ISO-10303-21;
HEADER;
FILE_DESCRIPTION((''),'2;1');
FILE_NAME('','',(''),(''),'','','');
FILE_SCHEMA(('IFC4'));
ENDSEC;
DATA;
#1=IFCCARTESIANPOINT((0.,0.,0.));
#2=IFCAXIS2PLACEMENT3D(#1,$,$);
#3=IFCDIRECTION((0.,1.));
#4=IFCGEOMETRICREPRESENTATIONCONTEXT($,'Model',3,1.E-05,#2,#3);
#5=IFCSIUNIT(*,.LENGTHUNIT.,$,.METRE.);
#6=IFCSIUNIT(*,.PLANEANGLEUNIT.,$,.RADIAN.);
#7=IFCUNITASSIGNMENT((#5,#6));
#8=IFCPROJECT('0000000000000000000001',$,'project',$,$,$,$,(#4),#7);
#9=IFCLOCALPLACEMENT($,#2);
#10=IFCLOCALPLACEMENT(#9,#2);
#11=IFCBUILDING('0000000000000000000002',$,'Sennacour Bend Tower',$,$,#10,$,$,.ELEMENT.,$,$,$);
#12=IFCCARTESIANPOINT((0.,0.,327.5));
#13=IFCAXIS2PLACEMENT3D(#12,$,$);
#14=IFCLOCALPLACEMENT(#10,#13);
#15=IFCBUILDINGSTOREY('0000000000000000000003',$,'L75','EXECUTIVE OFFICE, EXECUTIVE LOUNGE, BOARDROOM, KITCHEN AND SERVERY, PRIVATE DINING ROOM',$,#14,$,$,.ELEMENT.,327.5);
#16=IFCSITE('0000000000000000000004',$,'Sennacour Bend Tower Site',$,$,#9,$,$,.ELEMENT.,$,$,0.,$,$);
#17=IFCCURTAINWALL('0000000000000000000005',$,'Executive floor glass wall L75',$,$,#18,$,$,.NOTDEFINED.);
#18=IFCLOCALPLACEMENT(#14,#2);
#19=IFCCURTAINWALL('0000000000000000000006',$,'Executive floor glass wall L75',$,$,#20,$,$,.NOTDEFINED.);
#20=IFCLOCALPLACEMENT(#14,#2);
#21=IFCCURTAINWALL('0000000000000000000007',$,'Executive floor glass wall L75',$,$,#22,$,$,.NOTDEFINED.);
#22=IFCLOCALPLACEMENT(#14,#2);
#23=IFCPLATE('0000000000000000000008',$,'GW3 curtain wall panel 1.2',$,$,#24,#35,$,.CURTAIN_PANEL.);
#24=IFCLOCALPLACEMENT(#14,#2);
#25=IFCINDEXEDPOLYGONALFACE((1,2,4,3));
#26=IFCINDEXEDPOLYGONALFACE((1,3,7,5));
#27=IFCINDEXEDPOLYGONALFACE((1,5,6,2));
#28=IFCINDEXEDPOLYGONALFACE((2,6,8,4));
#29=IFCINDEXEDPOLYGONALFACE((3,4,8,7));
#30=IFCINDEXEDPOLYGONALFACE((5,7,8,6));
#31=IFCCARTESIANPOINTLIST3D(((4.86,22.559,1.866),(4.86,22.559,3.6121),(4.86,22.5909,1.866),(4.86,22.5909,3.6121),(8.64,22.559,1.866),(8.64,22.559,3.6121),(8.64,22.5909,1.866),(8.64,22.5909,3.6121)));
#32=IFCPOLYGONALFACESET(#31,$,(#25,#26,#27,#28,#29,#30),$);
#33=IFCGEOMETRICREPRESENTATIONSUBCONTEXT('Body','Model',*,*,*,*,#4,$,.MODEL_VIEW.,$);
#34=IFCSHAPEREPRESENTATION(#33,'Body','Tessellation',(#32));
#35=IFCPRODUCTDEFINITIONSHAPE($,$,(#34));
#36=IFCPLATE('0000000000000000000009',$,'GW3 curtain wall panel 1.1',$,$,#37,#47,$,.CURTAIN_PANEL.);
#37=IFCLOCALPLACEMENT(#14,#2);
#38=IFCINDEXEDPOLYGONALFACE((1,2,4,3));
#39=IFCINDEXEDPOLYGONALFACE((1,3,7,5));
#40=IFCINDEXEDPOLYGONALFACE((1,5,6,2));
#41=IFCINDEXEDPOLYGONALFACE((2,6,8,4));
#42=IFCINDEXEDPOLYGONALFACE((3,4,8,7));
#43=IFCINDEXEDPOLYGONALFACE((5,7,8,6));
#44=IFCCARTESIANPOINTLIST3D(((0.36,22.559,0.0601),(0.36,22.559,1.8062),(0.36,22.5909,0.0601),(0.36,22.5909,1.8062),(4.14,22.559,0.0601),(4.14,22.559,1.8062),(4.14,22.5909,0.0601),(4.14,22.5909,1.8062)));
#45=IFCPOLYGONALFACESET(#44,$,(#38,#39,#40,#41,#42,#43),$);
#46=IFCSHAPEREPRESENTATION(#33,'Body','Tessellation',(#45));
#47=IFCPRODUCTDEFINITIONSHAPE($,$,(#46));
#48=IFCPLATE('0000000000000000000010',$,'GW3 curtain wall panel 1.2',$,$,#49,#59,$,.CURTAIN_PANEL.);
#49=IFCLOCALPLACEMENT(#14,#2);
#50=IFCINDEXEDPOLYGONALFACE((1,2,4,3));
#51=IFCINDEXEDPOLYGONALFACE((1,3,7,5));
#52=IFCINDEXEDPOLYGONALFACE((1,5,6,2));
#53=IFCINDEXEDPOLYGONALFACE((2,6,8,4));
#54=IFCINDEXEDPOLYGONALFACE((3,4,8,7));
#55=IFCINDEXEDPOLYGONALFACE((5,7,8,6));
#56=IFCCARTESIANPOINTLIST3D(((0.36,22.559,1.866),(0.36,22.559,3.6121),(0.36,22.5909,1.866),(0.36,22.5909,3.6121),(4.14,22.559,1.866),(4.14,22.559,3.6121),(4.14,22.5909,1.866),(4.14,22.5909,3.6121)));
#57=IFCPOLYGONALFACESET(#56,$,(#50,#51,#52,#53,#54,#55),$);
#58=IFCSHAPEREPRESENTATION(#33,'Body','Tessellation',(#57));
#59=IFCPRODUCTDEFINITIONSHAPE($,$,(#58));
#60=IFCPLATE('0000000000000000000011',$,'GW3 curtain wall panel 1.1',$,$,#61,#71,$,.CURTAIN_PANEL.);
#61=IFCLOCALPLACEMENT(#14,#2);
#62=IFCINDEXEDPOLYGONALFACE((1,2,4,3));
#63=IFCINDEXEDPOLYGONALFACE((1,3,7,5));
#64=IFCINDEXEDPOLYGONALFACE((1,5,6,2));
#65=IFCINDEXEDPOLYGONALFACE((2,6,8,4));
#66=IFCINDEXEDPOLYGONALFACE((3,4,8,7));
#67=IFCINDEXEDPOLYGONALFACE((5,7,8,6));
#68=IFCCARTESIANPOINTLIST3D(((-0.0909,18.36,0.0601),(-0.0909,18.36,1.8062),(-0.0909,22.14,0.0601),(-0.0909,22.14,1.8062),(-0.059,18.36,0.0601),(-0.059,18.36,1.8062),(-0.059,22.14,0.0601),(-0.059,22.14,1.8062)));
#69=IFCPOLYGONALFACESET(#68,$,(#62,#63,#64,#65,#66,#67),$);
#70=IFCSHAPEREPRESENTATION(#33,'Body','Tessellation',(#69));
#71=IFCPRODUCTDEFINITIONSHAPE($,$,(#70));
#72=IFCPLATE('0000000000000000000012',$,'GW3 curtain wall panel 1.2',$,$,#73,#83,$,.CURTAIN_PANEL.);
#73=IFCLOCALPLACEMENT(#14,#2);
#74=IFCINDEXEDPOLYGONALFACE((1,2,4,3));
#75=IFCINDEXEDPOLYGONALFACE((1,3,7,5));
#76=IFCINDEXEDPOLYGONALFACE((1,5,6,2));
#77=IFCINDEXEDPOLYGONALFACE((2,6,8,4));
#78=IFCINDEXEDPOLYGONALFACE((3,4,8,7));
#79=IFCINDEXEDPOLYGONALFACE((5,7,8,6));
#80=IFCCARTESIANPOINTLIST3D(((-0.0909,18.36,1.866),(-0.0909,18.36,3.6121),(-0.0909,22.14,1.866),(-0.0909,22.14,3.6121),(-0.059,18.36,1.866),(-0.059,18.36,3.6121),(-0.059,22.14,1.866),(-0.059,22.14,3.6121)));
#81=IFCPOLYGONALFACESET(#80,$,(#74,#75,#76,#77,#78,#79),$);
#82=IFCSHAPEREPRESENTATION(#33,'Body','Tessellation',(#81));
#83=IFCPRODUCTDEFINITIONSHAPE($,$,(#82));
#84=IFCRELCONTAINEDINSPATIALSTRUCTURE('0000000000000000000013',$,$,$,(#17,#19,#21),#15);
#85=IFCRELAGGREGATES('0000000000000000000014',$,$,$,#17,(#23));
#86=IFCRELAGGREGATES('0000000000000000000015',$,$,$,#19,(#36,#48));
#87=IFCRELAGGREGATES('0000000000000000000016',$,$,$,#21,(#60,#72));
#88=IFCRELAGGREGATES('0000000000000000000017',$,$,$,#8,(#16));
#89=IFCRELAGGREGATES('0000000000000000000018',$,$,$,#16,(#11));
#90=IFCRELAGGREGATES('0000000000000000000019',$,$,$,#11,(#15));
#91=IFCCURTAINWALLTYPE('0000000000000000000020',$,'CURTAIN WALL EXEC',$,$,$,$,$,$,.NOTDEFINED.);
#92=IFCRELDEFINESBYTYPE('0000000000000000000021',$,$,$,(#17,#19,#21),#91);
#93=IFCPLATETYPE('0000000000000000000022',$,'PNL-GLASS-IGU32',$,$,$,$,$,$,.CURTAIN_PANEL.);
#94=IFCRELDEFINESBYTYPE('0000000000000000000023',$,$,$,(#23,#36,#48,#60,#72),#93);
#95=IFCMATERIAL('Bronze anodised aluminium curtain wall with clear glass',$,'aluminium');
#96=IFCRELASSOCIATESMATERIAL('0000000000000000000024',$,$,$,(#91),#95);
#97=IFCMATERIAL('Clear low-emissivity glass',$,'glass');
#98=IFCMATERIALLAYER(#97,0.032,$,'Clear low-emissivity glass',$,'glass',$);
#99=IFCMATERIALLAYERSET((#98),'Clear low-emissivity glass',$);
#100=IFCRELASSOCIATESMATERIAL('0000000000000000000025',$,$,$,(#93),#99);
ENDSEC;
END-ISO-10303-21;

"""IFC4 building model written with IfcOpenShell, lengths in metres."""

from ifc_helpers import new_model, si_unit, direction, frame, origin, origin_2d, place, context, subcontext, project, spatial, rectangle, extrude, material, layer, layer_set, type_object, element, aggregate, save


model = new_model("IFC4")

# Units and contexts
model_context = context("Model", 3, precision=1e-05, world=origin(), true_north=direction((0.0, 1.0)))
body_context = subcontext(model_context, "Body", "Model", "MODEL_VIEW")
ifc_project = project(units=[si_unit("LENGTHUNIT", "METRE"), si_unit("PLANEANGLEUNIT", "RADIAN")], contexts=[model_context])

# Site, building, storey
site_placement = place(None, origin())
site = spatial("IfcSite", under=ifc_project, at=site_placement, Name="Sennacour Bend Tower Site", CompositionType="ELEMENT", RefElevation=0.0)
building_placement = place(site_placement, origin())
building = spatial("IfcBuilding", under=site, at=building_placement, Name="Sennacour Bend Tower", CompositionType="ELEMENT")
storey_placement = place(building_placement, frame((0.0, 0.0, 327.5)))
storey = spatial("IfcBuildingStorey", under=building, at=storey_placement, Name="L75", Description="EXECUTIVE OFFICE, EXECUTIVE LOUNGE, BOARDROOM, KITCHEN AND SERVERY, PRIVATE DINING ROOM", CompositionType="ELEMENT", Elevation=327.5)

# Curtain wall
ifc_material_1 = material(Name="Bronze anodised aluminium curtain wall with clear glass", Category="aluminium")
curtain_wall_type = type_object("IfcCurtainWallType", Name="CURTAIN WALL EXEC", PredefinedType="NOTDEFINED", material=ifc_material_1)
curtain_wall_1_placement = place(storey_placement, origin())
curtain_wall_1 = element("IfcCurtainWall", 1, at=curtain_wall_1_placement, inside=storey, type_object=curtain_wall_type, Name="Executive floor glass wall L75", PredefinedType="NOTDEFINED")

# Curtain walls
curtain_wall_2_placement = place(storey_placement, origin())
curtain_wall_2 = element("IfcCurtainWall", 2, at=curtain_wall_2_placement, inside=storey, type_object=curtain_wall_type, Name="Executive floor glass wall L75", PredefinedType="NOTDEFINED")
curtain_wall_3_placement = place(storey_placement, origin())
curtain_wall_3 = element("IfcCurtainWall", 3, at=curtain_wall_3_placement, inside=storey, type_object=curtain_wall_type, Name="Executive floor glass wall L75", PredefinedType="NOTDEFINED")

# Plates
ifc_material_2 = material(Name="Clear low-emissivity glass", Category="glass")
ifc_layer = layer(ifc_material_2, 0.032, Name="Clear low-emissivity glass", Category="glass")
ifc_layer_set = layer_set([ifc_layer], Name="Clear low-emissivity glass")
plate_type = type_object("IfcPlateType", Name="PNL-GLASS-IGU32", PredefinedType="CURTAIN_PANEL", material=ifc_layer_set)
plate_1_placement = place(storey_placement, frame((6.75, 22.575, 1.866), z_axis=(0.0, 0.0, 1.0), x_axis=(-1.0, 0.0, 0.0)))
plate_1 = element("IfcPlate", 4, at=plate_1_placement, type_object=plate_type, Name="GW3 curtain wall panel 1.2", PredefinedType="CURTAIN_PANEL", context=body_context, shape_type="SweptSolid", body=[
    extrude(rectangle(XDim=3.78, YDim=0.032, at=origin_2d()), origin(), (0.0, 0.0, 1.0), 1.7461),
])
aggregate(curtain_wall_1, [plate_1])
plate_2_placement = place(storey_placement, frame((2.25, 22.575, 0.0601), z_axis=(0.0, 0.0, 1.0), x_axis=(-1.0, 0.0, 0.0)))
plate_2 = element("IfcPlate", 5, at=plate_2_placement, type_object=plate_type, Name="GW3 curtain wall panel 1.1", PredefinedType="CURTAIN_PANEL", context=body_context, shape_type="SweptSolid", body=[
    extrude(rectangle(XDim=3.78, YDim=0.032, at=origin_2d()), origin(), (0.0, 0.0, 1.0), 1.7461),
])
plate_3_placement = place(storey_placement, frame((2.25, 22.575, 1.866), z_axis=(0.0, 0.0, 1.0), x_axis=(-1.0, 0.0, 0.0)))
plate_3 = element("IfcPlate", 6, at=plate_3_placement, type_object=plate_type, Name="GW3 curtain wall panel 1.2", PredefinedType="CURTAIN_PANEL", context=body_context, shape_type="SweptSolid", body=[
    extrude(rectangle(XDim=3.78, YDim=0.032, at=origin_2d()), origin(), (0.0, 0.0, 1.0), 1.7461),
])
aggregate(curtain_wall_2, [plate_2, plate_3])
plate_4_placement = place(storey_placement, frame((-0.075, 20.25, 0.0601), z_axis=(0.0, 0.0, 1.0), x_axis=(0.0, -1.0, 0.0)))
plate_4 = element("IfcPlate", 7, at=plate_4_placement, type_object=plate_type, Name="GW3 curtain wall panel 1.1", PredefinedType="CURTAIN_PANEL", context=body_context, shape_type="SweptSolid", body=[
    extrude(rectangle(XDim=3.78, YDim=0.032, at=origin_2d()), origin(), (0.0, 0.0, 1.0), 1.7461),
])
plate_5_placement = place(storey_placement, frame((-0.075, 20.25, 1.866), z_axis=(0.0, 0.0, 1.0), x_axis=(0.0, -1.0, 0.0)))
plate_5 = element("IfcPlate", 8, at=plate_5_placement, type_object=plate_type, Name="GW3 curtain wall panel 1.2", PredefinedType="CURTAIN_PANEL", context=body_context, shape_type="SweptSolid", body=[
    extrude(rectangle(XDim=3.78, YDim=0.032, at=origin_2d()), origin(), (0.0, 0.0, 1.0), 1.7461),
])
aggregate(curtain_wall_3, [plate_4, plate_5])

save(model, "model.ifc")
